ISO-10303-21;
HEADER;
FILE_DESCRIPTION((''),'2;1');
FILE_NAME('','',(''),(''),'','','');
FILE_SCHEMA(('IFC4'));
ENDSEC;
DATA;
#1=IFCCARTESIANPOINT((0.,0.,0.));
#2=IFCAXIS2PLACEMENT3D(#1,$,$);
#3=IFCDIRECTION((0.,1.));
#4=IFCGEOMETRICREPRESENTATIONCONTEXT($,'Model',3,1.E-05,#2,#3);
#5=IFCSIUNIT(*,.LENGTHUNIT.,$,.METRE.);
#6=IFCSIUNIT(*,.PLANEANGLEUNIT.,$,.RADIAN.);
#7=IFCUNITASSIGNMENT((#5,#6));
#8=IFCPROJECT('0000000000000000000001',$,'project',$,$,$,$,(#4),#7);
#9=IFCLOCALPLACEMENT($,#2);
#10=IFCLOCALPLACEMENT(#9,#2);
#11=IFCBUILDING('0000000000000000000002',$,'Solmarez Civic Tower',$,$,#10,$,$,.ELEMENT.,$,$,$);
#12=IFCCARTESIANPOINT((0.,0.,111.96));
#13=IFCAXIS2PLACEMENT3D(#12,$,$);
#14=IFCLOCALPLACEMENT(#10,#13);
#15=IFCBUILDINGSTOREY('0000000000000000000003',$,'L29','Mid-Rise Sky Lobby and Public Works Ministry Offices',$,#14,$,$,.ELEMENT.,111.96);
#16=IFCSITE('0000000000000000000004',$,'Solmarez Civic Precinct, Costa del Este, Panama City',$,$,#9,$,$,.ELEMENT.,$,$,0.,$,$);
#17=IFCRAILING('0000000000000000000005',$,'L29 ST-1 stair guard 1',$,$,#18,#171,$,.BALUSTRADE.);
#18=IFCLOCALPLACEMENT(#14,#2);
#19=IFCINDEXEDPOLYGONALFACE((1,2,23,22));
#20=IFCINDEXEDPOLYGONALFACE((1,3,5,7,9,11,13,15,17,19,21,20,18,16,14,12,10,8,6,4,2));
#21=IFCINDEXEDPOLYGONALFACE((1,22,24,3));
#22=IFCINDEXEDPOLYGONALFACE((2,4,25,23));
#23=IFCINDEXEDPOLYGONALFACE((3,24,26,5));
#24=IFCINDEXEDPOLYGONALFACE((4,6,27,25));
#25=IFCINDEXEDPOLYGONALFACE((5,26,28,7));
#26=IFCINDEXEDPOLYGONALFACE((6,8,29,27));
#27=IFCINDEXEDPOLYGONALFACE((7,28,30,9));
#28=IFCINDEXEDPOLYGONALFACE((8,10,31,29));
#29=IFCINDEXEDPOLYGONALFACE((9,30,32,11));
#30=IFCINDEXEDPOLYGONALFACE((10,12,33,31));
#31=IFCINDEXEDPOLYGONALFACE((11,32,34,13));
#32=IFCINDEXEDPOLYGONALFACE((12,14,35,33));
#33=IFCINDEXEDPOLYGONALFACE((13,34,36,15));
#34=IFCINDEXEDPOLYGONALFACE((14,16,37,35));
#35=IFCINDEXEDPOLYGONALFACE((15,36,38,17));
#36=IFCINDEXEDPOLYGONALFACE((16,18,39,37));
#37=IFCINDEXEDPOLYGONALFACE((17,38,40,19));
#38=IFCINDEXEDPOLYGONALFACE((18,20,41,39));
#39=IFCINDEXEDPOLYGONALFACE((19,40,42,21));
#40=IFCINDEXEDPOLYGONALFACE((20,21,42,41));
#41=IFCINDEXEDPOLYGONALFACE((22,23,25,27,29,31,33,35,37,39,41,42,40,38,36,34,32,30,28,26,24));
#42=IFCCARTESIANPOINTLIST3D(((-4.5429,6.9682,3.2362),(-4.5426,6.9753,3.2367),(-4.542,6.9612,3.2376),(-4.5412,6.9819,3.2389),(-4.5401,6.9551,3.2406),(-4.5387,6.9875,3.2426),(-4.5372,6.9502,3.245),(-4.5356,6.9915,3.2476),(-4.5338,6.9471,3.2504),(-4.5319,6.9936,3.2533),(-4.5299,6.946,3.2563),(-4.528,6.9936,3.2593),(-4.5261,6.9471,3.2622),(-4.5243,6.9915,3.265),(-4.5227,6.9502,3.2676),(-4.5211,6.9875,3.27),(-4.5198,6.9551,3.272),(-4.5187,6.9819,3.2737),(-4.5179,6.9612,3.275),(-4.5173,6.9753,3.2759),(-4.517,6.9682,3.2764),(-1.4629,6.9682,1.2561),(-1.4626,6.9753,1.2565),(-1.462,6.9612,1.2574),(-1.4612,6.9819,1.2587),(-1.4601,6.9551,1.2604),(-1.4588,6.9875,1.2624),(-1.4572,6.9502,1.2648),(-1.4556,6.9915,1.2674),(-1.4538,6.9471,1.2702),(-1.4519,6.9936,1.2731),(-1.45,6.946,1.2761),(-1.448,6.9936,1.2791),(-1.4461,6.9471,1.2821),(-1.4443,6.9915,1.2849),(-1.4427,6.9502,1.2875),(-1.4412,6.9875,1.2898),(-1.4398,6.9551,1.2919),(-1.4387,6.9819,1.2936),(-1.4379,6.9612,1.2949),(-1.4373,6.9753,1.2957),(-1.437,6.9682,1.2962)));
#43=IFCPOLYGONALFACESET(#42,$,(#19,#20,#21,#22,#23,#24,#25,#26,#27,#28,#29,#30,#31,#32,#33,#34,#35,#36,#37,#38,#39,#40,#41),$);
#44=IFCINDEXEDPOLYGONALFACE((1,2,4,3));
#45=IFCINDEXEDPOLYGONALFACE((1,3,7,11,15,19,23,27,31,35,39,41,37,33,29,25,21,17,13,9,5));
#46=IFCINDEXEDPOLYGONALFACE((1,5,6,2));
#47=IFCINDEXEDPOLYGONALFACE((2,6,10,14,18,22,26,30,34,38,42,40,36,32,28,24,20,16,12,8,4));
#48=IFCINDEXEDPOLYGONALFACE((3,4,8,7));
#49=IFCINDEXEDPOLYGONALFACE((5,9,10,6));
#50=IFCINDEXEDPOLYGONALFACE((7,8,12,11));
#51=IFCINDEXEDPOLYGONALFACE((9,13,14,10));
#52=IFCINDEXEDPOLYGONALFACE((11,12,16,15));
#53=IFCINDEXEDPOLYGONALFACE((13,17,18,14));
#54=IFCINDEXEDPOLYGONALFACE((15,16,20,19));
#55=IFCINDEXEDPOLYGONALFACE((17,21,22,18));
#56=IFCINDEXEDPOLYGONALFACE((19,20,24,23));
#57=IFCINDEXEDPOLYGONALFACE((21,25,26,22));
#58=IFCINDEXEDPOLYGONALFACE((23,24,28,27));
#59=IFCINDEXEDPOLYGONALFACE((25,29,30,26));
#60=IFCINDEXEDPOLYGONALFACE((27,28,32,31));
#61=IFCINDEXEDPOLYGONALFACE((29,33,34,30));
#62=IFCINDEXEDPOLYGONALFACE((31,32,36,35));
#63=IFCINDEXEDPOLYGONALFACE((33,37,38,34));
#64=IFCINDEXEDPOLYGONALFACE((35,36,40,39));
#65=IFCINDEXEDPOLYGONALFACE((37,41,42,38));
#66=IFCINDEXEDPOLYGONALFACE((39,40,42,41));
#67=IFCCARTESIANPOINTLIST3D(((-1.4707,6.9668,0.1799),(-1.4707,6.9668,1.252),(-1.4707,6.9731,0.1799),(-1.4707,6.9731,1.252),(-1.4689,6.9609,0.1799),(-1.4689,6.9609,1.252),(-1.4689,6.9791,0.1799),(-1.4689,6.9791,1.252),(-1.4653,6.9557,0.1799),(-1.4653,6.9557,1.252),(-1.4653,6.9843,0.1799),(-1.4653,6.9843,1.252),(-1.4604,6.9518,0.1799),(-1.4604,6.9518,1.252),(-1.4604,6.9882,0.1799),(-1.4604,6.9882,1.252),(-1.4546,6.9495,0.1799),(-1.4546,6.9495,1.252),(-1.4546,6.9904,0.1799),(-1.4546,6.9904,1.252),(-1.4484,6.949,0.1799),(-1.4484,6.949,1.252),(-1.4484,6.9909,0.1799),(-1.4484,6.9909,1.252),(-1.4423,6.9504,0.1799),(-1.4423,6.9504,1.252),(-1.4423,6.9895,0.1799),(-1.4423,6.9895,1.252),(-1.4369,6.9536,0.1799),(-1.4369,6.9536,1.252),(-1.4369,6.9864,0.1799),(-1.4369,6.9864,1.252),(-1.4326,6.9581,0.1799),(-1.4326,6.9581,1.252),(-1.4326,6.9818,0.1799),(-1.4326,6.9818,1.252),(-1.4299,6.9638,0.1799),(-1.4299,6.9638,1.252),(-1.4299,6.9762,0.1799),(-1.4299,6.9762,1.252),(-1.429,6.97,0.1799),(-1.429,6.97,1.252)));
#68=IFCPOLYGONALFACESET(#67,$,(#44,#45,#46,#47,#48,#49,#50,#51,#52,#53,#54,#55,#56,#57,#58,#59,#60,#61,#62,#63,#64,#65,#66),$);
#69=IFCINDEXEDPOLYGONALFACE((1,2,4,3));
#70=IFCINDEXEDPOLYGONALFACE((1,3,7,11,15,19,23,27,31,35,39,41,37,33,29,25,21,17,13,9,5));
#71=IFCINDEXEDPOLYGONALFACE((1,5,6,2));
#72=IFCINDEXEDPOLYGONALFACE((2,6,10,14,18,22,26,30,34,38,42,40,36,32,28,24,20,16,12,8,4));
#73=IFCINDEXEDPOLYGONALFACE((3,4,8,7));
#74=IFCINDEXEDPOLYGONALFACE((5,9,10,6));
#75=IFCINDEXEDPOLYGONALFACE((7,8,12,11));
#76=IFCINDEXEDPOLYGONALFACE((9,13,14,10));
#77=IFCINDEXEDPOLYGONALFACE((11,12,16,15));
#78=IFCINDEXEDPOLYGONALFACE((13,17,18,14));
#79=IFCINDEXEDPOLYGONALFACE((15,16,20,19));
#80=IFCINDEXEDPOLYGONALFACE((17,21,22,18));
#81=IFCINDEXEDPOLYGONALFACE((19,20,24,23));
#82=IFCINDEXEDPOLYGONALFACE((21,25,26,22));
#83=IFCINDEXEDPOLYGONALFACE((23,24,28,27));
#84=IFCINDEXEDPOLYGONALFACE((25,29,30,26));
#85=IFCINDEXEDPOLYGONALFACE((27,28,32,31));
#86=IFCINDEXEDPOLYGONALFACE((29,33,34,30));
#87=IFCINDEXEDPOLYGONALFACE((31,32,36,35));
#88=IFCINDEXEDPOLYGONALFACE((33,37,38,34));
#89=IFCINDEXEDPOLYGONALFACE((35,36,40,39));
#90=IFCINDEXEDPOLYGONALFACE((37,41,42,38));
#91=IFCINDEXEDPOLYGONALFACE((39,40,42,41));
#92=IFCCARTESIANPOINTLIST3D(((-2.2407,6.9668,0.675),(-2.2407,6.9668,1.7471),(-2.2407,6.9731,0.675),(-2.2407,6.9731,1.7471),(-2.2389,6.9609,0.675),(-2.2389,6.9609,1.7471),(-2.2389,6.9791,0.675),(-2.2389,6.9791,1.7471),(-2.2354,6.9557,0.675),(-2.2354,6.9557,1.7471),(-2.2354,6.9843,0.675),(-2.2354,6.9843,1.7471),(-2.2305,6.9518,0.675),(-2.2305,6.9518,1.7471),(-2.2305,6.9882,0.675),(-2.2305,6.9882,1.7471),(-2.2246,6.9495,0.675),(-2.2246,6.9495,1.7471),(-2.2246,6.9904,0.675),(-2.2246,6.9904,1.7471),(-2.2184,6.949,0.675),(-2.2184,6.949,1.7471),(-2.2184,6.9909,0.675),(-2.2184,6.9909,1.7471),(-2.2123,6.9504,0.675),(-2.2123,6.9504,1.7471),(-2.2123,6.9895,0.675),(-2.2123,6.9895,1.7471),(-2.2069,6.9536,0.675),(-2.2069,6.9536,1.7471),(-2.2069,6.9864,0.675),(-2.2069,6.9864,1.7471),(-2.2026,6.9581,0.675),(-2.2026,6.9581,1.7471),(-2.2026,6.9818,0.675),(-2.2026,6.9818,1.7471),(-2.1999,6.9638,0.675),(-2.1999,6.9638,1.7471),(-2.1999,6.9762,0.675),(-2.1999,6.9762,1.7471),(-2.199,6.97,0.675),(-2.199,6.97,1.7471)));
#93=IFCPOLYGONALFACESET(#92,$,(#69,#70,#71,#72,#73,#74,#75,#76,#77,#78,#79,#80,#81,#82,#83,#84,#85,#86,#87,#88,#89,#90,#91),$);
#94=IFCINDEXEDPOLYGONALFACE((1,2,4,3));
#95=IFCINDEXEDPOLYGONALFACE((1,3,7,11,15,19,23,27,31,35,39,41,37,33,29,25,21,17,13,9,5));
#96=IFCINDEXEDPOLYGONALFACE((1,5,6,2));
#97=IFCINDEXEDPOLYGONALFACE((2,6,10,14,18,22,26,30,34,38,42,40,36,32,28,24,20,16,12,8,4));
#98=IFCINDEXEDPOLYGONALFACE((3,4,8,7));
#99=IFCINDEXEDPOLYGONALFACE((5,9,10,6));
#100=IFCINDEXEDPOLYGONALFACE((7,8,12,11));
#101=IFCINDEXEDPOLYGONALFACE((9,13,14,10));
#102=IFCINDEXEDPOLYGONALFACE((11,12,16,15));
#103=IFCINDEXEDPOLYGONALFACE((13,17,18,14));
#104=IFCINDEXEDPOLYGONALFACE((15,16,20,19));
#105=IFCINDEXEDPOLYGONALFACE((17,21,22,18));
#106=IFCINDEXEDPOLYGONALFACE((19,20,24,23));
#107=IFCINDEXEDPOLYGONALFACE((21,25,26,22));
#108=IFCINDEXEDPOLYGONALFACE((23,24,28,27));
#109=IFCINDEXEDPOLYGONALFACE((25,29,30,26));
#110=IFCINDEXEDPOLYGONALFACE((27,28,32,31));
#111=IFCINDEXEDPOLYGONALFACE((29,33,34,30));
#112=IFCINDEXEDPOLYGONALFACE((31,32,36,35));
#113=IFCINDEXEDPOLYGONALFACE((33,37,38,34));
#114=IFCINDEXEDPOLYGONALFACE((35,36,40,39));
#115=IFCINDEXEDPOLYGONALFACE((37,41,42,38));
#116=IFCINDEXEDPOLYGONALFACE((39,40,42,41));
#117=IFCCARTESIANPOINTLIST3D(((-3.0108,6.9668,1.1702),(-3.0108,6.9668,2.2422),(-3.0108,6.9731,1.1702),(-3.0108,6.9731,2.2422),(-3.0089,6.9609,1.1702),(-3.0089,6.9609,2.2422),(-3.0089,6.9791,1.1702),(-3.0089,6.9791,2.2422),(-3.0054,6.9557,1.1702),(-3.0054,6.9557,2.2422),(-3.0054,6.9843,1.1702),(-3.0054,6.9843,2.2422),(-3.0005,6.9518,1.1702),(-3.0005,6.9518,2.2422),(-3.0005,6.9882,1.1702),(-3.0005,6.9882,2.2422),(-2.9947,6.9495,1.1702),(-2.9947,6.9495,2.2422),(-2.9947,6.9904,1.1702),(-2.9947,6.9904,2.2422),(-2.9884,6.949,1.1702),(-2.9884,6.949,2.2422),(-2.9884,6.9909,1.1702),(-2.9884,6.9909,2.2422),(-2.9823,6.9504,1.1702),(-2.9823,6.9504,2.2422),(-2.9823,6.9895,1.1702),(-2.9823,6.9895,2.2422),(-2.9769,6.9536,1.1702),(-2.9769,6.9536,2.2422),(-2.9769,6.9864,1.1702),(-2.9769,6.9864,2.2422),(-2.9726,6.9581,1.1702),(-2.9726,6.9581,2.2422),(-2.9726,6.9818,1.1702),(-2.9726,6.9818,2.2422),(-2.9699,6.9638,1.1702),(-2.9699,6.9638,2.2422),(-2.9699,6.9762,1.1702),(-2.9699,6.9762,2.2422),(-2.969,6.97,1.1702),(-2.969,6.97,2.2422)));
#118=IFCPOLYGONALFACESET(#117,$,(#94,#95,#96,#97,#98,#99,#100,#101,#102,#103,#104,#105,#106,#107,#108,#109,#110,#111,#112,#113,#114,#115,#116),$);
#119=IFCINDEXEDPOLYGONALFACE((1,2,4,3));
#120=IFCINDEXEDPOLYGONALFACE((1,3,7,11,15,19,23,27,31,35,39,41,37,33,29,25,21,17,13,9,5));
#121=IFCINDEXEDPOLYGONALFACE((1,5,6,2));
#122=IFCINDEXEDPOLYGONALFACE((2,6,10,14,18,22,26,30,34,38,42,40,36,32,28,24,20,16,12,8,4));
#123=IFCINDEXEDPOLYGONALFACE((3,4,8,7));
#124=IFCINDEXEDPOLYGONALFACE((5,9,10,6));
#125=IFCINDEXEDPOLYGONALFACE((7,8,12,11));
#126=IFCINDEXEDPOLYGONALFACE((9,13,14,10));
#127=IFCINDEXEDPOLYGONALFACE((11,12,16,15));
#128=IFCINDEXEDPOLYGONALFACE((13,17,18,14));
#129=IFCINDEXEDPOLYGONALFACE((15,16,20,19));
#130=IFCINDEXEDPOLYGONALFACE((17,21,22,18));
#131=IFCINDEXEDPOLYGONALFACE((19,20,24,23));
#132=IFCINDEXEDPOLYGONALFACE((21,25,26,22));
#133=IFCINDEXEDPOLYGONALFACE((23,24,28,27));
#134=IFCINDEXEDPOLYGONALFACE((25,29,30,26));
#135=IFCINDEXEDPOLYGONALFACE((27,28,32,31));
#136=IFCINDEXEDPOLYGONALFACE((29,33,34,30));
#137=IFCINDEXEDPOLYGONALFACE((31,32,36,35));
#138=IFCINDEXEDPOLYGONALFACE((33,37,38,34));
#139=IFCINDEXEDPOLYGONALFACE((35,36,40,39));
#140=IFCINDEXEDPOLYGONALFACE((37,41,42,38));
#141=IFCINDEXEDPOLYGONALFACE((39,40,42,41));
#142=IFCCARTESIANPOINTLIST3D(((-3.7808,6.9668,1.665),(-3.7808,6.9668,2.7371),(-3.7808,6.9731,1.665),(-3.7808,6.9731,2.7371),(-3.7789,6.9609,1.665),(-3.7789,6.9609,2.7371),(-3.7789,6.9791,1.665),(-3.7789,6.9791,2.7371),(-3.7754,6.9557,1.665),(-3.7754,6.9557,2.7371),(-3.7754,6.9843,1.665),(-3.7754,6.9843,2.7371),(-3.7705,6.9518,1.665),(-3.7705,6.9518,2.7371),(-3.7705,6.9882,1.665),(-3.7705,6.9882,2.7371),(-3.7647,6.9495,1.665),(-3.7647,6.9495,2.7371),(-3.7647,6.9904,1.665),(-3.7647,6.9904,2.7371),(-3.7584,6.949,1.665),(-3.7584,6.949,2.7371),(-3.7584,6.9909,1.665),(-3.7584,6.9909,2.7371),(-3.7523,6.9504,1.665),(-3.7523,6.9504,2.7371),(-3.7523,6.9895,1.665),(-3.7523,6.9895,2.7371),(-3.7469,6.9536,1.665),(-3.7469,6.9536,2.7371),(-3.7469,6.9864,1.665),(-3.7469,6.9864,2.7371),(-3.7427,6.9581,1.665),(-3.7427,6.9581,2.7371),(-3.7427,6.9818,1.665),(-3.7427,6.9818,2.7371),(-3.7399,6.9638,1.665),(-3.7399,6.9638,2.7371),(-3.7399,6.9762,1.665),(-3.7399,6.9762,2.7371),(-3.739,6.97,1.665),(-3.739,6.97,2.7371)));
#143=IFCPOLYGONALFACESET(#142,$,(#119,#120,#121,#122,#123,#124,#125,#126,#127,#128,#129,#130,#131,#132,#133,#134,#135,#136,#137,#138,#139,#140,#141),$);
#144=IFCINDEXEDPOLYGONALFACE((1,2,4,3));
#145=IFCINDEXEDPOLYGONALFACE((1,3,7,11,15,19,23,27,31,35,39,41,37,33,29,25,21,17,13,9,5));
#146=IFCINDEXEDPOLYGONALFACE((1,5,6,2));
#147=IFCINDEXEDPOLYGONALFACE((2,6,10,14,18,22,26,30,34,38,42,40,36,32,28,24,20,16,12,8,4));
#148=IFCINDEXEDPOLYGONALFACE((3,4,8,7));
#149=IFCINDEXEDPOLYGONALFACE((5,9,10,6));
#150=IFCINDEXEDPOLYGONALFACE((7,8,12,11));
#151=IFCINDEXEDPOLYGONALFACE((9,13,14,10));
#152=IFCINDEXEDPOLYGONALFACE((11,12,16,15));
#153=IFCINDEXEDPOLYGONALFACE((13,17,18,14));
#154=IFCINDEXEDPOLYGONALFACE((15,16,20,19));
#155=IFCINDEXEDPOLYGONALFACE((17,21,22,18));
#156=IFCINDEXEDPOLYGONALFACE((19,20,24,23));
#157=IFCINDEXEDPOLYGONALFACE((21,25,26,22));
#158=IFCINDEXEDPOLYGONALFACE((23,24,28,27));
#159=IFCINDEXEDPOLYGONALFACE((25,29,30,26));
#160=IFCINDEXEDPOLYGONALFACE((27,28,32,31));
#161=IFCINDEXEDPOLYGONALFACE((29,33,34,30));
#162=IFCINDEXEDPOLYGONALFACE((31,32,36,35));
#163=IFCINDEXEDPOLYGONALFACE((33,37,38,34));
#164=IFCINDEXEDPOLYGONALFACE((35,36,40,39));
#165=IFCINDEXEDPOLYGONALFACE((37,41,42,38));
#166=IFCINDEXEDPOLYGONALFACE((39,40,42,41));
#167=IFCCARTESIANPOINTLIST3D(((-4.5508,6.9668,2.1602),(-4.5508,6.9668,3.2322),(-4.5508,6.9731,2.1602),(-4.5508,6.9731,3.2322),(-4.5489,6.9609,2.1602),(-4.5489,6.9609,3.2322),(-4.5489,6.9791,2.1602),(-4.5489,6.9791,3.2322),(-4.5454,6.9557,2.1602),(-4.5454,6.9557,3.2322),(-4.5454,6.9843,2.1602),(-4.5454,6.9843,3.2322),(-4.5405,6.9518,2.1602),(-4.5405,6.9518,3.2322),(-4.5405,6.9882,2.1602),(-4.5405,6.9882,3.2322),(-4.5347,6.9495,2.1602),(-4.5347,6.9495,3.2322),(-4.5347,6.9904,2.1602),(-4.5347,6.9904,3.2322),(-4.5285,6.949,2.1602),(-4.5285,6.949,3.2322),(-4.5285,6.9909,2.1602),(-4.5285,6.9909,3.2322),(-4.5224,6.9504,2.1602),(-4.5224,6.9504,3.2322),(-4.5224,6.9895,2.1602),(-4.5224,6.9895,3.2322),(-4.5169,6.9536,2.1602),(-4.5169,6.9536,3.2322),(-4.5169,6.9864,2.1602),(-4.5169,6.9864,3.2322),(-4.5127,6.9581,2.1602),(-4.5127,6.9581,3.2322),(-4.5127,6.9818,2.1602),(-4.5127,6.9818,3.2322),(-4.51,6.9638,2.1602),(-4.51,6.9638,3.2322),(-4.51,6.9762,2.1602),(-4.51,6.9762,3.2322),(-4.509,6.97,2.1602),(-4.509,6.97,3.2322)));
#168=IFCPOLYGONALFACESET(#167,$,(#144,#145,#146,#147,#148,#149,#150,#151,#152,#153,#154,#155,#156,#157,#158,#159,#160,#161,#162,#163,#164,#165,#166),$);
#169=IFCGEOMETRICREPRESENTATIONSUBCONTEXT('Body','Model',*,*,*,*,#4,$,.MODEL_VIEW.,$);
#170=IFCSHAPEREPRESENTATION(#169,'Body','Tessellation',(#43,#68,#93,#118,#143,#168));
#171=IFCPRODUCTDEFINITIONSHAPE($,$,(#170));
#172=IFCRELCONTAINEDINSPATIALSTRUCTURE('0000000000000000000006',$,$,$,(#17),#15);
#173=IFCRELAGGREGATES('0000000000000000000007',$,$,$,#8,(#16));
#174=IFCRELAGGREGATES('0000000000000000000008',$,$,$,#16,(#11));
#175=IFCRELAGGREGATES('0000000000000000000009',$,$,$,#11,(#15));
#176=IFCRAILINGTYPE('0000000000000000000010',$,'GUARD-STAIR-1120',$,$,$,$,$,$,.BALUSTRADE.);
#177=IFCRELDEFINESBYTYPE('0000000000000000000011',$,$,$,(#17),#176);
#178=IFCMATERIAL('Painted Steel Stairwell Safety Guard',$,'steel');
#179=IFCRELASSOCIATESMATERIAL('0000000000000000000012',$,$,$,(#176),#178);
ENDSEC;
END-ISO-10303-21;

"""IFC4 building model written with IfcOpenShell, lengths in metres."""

from ifc_helpers import new_model, si_unit, direction, frame, origin, origin_2d, place, context, subcontext, project, spatial, circle, extrude, material, type_object, element, save


model = new_model("IFC4")

# Units and contexts
model_context = context("Model", 3, precision=1e-05, world=origin(), true_north=direction((0.0, 1.0)))
body_context = subcontext(model_context, "Body", "Model", "MODEL_VIEW")
ifc_project = project(units=[si_unit("LENGTHUNIT", "METRE"), si_unit("PLANEANGLEUNIT", "RADIAN")], contexts=[model_context])

# Site, building, storey
site_placement = place(None, origin())
site = spatial("IfcSite", under=ifc_project, at=site_placement, Name="Solmarez Civic Precinct, Costa del Este, Panama City", CompositionType="ELEMENT", RefElevation=0.0)
building_placement = place(site_placement, origin())
building = spatial("IfcBuilding", under=site, at=building_placement, Name="Solmarez Civic Tower", CompositionType="ELEMENT")
storey_placement = place(building_placement, frame((0.0, 0.0, 111.96)))
storey = spatial("IfcBuildingStorey", under=building, at=storey_placement, Name="L29", Description="Mid-Rise Sky Lobby and Public Works Ministry Offices", CompositionType="ELEMENT", Elevation=111.96)

# Railing
ifc_material_1 = material(Name="Painted Steel Stairwell Safety Guard", Category="steel")
railing_type = type_object("IfcRailingType", Name="GUARD-STAIR-1120", PredefinedType="BALUSTRADE", material=ifc_material_1)
railing_1_placement = place(storey_placement, frame((-1.45, 6.97, 0.1799)))
element("IfcRailing", 1, at=railing_1_placement, inside=storey, type_object=railing_type, Name="L29 ST-1 stair guard 1", PredefinedType="BALUSTRADE", context=body_context, shape_type="SweptSolid", body=[
    extrude(circle(Radius=0.0239, at=origin_2d()), frame((0.0, 0.0, 1.0962), z_axis=(-0.841157, 0.0, 0.540791), x_axis=(0.0, -1.0, 0.0)), (0.0, 0.0, 1.0), 3.6616),
    extrude(circle(Radius=0.021, at=origin_2d()), origin(), (0.0, 0.0, 1.0), 1.072),
    extrude(circle(Radius=0.021, at=origin_2d()), frame((-0.77, 0.0, 0.4951)), (0.0, 0.0, 1.0), 1.072),
    extrude(circle(Radius=0.021, at=origin_2d()), frame((-1.54, 0.0, 0.9902)), (0.0, 0.0, 1.0), 1.072),
    extrude(circle(Radius=0.021, at=origin_2d()), frame((-2.3101, 0.0, 1.4851)), (0.0, 0.0, 1.0), 1.072),
    extrude(circle(Radius=0.021, at=origin_2d()), frame((-3.0801, 0.0, 1.9802)), (0.0, 0.0, 1.0), 1.072),
])

save(model, "model.ifc")
